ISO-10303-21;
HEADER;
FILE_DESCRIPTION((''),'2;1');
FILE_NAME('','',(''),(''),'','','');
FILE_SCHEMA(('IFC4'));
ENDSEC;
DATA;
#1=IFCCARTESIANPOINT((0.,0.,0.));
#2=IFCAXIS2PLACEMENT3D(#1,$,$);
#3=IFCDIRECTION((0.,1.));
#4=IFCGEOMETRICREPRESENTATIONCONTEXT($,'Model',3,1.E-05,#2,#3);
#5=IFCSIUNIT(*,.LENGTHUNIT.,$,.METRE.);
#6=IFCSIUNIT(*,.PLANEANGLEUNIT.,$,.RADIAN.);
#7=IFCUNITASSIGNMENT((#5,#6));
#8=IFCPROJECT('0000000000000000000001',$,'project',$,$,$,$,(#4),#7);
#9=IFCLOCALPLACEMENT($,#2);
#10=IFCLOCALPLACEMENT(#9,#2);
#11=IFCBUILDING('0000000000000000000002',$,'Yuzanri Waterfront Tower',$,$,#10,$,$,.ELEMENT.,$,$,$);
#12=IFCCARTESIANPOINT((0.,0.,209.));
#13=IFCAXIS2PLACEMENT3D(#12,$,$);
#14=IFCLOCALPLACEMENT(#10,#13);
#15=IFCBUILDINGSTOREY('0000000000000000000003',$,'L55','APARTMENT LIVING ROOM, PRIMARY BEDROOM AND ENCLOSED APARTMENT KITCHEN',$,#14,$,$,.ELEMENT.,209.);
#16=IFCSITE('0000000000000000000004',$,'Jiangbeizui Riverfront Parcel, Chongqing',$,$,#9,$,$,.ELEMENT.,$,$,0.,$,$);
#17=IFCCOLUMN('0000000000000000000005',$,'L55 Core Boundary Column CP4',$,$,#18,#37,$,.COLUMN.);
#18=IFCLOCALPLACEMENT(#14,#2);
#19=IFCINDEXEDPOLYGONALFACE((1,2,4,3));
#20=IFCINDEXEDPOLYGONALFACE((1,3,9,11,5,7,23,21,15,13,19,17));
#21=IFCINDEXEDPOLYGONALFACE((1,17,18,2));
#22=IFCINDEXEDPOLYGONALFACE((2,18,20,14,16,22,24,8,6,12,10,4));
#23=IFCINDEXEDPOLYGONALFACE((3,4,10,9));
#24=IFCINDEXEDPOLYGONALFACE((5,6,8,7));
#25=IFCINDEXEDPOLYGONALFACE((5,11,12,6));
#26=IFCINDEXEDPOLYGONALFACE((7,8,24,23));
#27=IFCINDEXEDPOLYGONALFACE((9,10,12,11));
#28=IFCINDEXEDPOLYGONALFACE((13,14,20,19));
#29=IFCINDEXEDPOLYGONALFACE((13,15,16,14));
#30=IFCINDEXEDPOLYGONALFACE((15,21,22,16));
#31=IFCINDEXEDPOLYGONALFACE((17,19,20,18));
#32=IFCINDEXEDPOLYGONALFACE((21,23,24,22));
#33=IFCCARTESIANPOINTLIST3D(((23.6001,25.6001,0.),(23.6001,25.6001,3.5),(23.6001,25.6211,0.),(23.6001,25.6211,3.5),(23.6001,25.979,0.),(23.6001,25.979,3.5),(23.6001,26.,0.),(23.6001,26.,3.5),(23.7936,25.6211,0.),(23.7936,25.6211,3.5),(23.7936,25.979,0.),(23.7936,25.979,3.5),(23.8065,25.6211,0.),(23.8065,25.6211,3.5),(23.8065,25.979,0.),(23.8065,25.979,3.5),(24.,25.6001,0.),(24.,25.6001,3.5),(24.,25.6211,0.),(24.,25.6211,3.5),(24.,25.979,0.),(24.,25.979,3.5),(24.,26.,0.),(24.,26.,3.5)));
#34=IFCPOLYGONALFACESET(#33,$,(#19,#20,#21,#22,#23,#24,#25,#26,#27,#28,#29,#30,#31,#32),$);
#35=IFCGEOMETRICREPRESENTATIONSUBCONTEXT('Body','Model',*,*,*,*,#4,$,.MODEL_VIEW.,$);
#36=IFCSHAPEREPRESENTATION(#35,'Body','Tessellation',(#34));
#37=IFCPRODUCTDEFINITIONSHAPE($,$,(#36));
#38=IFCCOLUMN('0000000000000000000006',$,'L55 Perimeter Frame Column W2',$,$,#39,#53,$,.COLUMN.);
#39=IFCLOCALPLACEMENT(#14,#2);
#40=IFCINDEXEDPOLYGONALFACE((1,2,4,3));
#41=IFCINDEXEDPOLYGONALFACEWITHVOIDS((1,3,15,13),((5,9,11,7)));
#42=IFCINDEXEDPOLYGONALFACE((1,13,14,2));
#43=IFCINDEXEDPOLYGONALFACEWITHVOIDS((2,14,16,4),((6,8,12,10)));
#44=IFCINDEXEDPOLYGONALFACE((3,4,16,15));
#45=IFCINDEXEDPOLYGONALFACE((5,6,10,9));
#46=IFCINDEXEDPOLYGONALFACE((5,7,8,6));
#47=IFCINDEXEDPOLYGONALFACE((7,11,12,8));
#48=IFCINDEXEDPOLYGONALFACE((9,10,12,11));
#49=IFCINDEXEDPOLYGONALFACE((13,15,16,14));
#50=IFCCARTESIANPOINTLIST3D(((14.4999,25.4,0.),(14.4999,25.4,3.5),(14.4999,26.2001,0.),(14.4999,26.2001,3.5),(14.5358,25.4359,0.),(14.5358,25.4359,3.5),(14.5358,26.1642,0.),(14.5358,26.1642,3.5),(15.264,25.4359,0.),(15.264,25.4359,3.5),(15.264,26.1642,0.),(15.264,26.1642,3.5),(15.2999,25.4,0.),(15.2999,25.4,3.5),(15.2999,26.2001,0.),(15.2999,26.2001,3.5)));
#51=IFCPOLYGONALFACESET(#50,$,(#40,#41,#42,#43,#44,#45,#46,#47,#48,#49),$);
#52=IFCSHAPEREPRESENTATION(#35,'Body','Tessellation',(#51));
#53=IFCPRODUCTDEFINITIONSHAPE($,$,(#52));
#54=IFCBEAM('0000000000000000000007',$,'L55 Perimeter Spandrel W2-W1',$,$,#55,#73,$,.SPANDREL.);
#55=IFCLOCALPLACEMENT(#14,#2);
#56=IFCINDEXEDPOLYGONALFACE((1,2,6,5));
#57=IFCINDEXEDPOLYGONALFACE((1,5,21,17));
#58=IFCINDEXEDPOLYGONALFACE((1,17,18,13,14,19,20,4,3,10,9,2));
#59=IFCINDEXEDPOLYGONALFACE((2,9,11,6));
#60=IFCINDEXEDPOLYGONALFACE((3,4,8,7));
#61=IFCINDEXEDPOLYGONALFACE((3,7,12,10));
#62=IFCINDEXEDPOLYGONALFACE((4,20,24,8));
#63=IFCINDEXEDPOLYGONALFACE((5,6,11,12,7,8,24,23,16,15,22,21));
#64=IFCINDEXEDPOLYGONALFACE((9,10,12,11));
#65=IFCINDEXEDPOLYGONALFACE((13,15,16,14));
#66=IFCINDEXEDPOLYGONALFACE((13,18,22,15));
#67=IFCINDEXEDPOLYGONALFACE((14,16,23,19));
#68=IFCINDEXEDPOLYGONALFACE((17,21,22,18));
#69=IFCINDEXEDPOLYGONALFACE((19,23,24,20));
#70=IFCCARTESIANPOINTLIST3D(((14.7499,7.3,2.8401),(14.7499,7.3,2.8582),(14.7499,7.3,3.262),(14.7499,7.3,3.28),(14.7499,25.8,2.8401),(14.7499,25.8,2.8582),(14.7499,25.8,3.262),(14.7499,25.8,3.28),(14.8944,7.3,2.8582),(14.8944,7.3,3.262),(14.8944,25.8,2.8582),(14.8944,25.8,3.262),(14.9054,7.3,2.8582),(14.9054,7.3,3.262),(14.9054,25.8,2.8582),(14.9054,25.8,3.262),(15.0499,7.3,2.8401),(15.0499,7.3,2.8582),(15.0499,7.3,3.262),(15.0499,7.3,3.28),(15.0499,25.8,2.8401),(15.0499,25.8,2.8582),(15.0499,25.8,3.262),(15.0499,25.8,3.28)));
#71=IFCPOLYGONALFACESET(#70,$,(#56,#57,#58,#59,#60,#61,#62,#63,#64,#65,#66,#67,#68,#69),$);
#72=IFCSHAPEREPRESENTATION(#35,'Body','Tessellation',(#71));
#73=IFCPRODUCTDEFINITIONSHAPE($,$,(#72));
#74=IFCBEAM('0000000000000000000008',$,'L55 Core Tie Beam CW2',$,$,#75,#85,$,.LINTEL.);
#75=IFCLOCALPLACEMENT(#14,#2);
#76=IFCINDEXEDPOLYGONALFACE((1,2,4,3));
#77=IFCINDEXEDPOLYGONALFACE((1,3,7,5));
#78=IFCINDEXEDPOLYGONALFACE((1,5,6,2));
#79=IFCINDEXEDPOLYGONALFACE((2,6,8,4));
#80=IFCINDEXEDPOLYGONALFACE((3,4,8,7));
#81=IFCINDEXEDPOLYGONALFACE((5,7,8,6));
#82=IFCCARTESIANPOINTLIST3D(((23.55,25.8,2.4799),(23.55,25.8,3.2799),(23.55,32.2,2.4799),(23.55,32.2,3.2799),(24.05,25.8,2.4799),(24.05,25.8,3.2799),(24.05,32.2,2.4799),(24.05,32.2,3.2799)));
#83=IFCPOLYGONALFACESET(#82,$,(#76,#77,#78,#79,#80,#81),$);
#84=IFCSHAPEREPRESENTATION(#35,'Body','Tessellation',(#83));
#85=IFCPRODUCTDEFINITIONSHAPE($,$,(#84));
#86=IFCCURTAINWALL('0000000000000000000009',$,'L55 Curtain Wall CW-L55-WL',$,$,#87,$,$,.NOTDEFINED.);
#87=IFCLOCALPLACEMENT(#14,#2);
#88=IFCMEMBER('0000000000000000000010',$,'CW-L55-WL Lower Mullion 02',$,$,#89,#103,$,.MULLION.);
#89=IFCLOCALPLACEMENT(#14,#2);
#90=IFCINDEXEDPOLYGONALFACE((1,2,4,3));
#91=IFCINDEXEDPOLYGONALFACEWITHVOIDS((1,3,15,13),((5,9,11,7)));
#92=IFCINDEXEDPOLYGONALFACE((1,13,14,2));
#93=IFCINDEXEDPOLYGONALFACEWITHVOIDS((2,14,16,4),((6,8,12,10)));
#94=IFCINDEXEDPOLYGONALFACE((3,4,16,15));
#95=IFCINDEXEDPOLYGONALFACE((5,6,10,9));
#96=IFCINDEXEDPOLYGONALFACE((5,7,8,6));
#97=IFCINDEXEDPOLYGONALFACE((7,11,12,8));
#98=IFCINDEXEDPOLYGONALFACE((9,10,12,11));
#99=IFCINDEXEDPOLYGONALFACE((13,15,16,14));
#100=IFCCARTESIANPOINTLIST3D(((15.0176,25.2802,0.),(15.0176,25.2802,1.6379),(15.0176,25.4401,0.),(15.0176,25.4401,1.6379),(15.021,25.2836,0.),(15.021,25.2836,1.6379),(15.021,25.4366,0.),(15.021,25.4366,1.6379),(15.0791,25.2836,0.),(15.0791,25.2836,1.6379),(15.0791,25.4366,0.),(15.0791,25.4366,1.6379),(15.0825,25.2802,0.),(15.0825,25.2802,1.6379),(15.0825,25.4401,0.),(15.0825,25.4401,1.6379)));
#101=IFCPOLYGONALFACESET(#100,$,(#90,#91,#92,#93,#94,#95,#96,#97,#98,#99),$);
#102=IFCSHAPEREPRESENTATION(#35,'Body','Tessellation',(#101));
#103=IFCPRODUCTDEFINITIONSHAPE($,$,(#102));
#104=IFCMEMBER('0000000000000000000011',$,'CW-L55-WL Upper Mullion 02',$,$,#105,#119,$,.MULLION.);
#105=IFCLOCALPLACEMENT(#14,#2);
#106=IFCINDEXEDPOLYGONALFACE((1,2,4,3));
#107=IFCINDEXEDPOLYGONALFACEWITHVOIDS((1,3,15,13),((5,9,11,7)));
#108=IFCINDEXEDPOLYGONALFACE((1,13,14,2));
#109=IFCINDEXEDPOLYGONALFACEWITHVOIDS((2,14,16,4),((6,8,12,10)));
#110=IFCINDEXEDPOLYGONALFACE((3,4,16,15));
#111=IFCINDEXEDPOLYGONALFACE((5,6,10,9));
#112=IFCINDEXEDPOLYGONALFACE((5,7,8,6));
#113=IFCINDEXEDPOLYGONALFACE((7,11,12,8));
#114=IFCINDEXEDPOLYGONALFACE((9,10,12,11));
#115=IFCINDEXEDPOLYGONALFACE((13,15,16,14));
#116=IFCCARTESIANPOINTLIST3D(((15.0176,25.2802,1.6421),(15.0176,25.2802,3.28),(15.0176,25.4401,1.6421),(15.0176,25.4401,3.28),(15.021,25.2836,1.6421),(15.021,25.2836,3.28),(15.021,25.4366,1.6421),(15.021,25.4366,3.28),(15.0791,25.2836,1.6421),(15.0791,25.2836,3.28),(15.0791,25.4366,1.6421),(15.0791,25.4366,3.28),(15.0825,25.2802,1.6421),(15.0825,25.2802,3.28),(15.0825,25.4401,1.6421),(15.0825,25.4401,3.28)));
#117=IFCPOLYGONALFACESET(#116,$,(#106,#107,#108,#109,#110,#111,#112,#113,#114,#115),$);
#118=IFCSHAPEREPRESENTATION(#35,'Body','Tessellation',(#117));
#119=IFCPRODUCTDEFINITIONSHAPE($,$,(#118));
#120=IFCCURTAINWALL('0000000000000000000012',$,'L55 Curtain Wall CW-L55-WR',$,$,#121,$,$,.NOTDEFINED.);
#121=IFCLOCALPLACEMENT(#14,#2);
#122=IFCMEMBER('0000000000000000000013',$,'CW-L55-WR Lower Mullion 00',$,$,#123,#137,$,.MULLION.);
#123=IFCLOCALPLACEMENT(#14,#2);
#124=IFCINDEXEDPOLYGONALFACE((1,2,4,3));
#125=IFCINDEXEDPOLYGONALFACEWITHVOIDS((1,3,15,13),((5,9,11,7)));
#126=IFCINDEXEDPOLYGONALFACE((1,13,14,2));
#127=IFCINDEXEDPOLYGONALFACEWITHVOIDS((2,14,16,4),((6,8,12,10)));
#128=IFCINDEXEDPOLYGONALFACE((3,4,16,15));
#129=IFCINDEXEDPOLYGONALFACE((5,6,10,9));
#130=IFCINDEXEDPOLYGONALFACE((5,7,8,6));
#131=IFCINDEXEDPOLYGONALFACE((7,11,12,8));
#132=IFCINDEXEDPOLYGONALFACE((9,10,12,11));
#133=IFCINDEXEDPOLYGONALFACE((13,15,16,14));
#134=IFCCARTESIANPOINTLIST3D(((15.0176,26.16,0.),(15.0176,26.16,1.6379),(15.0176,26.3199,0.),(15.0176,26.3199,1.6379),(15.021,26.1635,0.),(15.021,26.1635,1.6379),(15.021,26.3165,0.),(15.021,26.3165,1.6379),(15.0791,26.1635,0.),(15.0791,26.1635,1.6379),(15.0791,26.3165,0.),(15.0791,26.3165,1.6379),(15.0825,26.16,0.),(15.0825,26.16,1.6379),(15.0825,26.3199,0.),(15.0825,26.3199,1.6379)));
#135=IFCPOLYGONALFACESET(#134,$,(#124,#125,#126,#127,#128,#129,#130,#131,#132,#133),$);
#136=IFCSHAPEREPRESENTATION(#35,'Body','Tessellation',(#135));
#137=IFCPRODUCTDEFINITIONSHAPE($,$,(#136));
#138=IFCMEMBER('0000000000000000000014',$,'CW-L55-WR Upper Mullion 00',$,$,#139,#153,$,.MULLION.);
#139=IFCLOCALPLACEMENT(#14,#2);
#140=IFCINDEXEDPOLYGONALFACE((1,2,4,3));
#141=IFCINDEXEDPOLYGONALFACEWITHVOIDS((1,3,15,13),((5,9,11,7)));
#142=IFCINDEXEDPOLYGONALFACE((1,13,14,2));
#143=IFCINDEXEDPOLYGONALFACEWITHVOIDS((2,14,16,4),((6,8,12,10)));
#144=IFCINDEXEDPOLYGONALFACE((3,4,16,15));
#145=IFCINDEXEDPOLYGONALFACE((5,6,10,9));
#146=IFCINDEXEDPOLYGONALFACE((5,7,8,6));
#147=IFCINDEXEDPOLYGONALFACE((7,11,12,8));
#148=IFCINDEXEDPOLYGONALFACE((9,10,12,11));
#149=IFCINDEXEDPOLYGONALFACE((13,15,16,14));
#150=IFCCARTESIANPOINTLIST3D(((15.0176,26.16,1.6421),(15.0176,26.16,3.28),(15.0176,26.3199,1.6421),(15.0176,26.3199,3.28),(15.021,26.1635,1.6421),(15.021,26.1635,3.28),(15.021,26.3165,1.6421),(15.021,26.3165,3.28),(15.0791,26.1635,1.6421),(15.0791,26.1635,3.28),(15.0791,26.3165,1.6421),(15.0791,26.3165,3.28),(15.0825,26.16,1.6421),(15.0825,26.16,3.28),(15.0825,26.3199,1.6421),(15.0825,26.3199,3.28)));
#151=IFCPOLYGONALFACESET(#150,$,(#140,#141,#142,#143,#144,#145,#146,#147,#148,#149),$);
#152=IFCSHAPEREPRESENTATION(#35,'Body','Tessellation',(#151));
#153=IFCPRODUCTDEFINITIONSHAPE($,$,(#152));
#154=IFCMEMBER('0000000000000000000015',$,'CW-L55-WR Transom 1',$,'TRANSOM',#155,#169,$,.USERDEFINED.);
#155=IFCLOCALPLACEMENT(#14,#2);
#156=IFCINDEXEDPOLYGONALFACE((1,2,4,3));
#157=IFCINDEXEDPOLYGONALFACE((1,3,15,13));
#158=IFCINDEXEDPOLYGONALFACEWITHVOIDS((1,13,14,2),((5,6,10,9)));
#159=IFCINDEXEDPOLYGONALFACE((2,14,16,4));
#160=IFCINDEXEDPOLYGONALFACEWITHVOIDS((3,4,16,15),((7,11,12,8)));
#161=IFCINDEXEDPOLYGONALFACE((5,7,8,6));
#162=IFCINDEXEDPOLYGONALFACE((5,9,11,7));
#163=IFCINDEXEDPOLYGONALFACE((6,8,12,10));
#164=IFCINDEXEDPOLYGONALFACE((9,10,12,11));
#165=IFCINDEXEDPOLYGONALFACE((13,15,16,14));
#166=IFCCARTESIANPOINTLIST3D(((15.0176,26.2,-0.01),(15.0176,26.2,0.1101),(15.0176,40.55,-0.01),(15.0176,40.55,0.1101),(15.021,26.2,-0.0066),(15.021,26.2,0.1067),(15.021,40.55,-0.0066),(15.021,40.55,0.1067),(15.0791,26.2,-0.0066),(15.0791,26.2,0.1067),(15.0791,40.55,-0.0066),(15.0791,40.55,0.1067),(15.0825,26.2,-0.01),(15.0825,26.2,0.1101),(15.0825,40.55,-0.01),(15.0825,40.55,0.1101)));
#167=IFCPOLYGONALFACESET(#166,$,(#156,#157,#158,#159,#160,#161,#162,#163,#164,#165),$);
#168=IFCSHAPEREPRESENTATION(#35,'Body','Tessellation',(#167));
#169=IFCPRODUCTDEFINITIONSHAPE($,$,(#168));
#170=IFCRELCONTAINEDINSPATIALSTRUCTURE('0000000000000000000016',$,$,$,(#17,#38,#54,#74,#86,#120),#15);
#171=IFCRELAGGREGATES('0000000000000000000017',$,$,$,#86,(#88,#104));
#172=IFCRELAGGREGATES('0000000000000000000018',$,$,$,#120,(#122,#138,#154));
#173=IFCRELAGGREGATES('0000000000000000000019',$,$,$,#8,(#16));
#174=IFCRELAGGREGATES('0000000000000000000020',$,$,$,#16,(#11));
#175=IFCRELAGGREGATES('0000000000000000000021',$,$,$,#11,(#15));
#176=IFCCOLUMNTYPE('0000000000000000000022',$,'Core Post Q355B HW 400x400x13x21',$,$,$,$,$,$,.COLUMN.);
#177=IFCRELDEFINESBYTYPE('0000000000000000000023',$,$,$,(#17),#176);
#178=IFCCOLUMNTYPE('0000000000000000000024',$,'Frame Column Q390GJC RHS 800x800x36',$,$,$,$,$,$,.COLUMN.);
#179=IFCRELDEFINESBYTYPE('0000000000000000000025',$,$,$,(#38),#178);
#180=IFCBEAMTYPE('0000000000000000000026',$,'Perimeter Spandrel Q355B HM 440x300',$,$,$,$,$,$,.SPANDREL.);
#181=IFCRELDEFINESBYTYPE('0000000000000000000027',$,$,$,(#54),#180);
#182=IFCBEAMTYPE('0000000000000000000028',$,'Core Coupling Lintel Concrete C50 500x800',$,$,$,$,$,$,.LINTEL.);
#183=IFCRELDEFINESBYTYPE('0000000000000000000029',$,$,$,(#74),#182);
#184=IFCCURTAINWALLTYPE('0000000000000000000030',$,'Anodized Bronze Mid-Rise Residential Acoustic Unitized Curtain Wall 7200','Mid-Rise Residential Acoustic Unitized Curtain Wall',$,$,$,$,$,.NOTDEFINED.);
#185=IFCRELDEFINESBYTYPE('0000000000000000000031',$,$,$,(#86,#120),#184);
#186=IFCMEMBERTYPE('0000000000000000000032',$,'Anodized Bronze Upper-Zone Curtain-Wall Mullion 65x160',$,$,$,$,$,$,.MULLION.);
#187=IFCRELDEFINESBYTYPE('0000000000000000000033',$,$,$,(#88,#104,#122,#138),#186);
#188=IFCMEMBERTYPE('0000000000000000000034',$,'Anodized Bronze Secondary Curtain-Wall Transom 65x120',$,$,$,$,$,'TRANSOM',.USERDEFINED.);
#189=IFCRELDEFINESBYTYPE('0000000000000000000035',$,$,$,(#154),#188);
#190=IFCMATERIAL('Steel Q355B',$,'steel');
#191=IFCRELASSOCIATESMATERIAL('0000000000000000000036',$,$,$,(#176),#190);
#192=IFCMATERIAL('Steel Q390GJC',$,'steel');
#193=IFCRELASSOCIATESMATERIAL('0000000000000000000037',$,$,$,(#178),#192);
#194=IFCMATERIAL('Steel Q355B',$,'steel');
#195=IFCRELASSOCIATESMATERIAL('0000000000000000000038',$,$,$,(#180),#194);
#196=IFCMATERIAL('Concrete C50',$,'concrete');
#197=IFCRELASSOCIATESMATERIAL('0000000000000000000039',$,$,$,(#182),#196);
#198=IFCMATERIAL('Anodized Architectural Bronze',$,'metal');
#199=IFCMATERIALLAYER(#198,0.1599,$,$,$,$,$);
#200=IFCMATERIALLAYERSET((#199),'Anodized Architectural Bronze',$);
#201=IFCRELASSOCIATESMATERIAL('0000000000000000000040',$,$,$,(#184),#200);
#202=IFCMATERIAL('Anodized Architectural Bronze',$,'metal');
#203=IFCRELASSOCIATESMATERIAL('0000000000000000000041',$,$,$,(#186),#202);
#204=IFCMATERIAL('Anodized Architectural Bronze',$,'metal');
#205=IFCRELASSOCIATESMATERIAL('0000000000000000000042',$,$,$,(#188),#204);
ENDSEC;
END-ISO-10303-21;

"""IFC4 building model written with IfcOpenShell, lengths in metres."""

from ifc_helpers import new_model, si_unit, direction, frame, origin, origin_2d, place, context, subcontext, project, spatial, rectangle, hollow_rectangle, i_section, extrude, source, transform, mapped, material, layer, layer_set, material_profile, profile_set, type_object, element, aggregate, save


model = new_model("IFC4")

# Units and contexts
model_context = context("Model", 3, precision=1e-05, world=origin(), true_north=direction((0.0, 1.0)))
body_context = subcontext(model_context, "Body", "Model", "MODEL_VIEW")
ifc_project = project(units=[si_unit("LENGTHUNIT", "METRE"), si_unit("PLANEANGLEUNIT", "RADIAN")], contexts=[model_context])

# Site, building, storey
site_placement = place(None, origin())
site = spatial("IfcSite", under=ifc_project, at=site_placement, Name="Jiangbeizui Riverfront Parcel, Chongqing", CompositionType="ELEMENT", RefElevation=0.0)
building_placement = place(site_placement, origin())
building = spatial("IfcBuilding", under=site, at=building_placement, Name="Yuzanri Waterfront Tower", CompositionType="ELEMENT")
storey_placement = place(building_placement, frame((0.0, 0.0, 209.0)))
storey = spatial("IfcBuildingStorey", under=building, at=storey_placement, Name="L55", Description="APARTMENT LIVING ROOM, PRIMARY BEDROOM AND ENCLOSED APARTMENT KITCHEN", CompositionType="ELEMENT", Elevation=209.0)

# Columns
ifc_material_1 = material(Name="Steel Q355B", Category="steel")
ifc_material_profile_1 = material_profile(ifc_material_1, i_section(OverallWidth=0.3999, OverallDepth=0.3999, WebThickness=0.0129, FlangeThickness=0.021, at=origin_2d()), Name="HW 400x400x13x21")
ifc_profile_set_1 = profile_set([ifc_material_profile_1], Name="Steel Q355B")
column_type_1 = type_object("IfcColumnType", Name="Core Post Q355B HW 400x400x13x21", PredefinedType="COLUMN", material=ifc_profile_set_1)
shared_shape_1 = source(origin(), body_context, "Body", "SweptSolid", [
    extrude(i_section(OverallWidth=0.3999, OverallDepth=0.3999, WebThickness=0.0129, FlangeThickness=0.021, at=origin_2d()), origin(), (0.0, 0.0, 1.0), 3.5),
])
column_1_placement = place(storey_placement, frame((23.8, 25.8, 0.0), z_axis=(0.0, 0.0, 1.0), x_axis=(1.0, 0.0, 0.0)))
element("IfcColumn", 1, at=column_1_placement, inside=storey, type_object=column_type_1, Name="L55 Core Boundary Column CP4", PredefinedType="COLUMN", context=body_context, shape_type="MappedRepresentation", body=[
    mapped(shared_shape_1, transform((0.0, 0.0, 0.0), scale=1.0)),
])
ifc_material_2 = material(Name="Steel Q390GJC", Category="steel")
ifc_material_profile_2 = material_profile(ifc_material_2, hollow_rectangle(XDim=0.8, YDim=0.8, WallThickness=0.0359, at=origin_2d()), Name="RHS 800x800x36")
ifc_profile_set_2 = profile_set([ifc_material_profile_2], Name="Steel Q390GJC")
column_type_2 = type_object("IfcColumnType", Name="Frame Column Q390GJC RHS 800x800x36", PredefinedType="COLUMN", material=ifc_profile_set_2)
shared_shape_2 = source(origin(), body_context, "Body", "SweptSolid", [
    extrude(hollow_rectangle(XDim=0.8, YDim=0.8, WallThickness=0.0359, at=origin_2d()), origin(), (0.0, 0.0, 1.0), 3.5),
])
column_2_placement = place(storey_placement, frame((14.8999, 25.8, 0.0), z_axis=(0.0, 0.0, 1.0), x_axis=(1.0, 0.0, 0.0)))
element("IfcColumn", 2, at=column_2_placement, inside=storey, type_object=column_type_2, Name="L55 Perimeter Frame Column W2", PredefinedType="COLUMN", context=body_context, shape_type="MappedRepresentation", body=[
    mapped(shared_shape_2, transform((0.0, 0.0, 0.0), scale=1.0)),
])

# Beams
ifc_material_3 = material(Name="Steel Q355B", Category="steel")
ifc_material_profile_3 = material_profile(ifc_material_3, i_section(OverallWidth=0.3, OverallDepth=0.4399, WebThickness=0.011, FlangeThickness=0.0181, at=origin_2d()), Name="HM 440x300x11x18")
ifc_profile_set_3 = profile_set([ifc_material_profile_3], Name="Steel Q355B")
beam_type_1 = type_object("IfcBeamType", Name="Perimeter Spandrel Q355B HM 440x300", PredefinedType="SPANDREL", material=ifc_profile_set_3)
shared_shape_3 = source(origin(), body_context, "Body", "SweptSolid", [
    extrude(i_section(OverallWidth=0.3, OverallDepth=0.4399, WebThickness=0.011, FlangeThickness=0.0181, at=origin_2d()), origin(), (0.0, 0.0, 1.0), 18.5),
])
beam_1_placement = place(storey_placement, frame((14.8999, 25.8, 3.0601), z_axis=(0.0, -1.0, 0.0), x_axis=(1.0, 0.0, 0.0)))
element("IfcBeam", 3, at=beam_1_placement, inside=storey, type_object=beam_type_1, Name="L55 Perimeter Spandrel W2-W1", PredefinedType="SPANDREL", context=body_context, shape_type="MappedRepresentation", body=[
    mapped(shared_shape_3, transform((0.0, 0.0, 0.0), scale=1.0)),
])
ifc_material_4 = material(Name="Concrete C50", Category="concrete")
ifc_material_profile_4 = material_profile(ifc_material_4, rectangle(XDim=0.5, YDim=0.8, at=origin_2d()), Name="RC 500x800")
ifc_profile_set_4 = profile_set([ifc_material_profile_4], Name="Concrete C50")
beam_type_2 = type_object("IfcBeamType", Name="Core Coupling Lintel Concrete C50 500x800", PredefinedType="LINTEL", material=ifc_profile_set_4)
shared_shape_4 = source(origin(), body_context, "Body", "SweptSolid", [
    extrude(rectangle(XDim=0.5, YDim=0.8, at=origin_2d()), origin(), (0.0, 0.0, 1.0), 6.3999),
])
beam_2_placement = place(storey_placement, frame((23.8, 25.8, 2.8799), z_axis=(0.0, 1.0, 0.0), x_axis=(-1.0, 0.0, 0.0)))
element("IfcBeam", 4, at=beam_2_placement, inside=storey, type_object=beam_type_2, Name="L55 Core Tie Beam CW2", PredefinedType="LINTEL", context=body_context, shape_type="MappedRepresentation", body=[
    mapped(shared_shape_4, transform((0.0, 0.0, 0.0), scale=1.0)),
])

# Curtain wall, members
ifc_material_5 = material(Name="Anodized Architectural Bronze", Category="metal")
ifc_layer_1 = layer(ifc_material_5, 0.1599)
ifc_layer_set_1 = layer_set([ifc_layer_1], Name="Anodized Architectural Bronze")
curtain_wall_type = type_object("IfcCurtainWallType", Name="Anodized Bronze Mid-Rise Residential Acoustic Unitized Curtain Wall 7200", Description="Mid-Rise Residential Acoustic Unitized Curtain Wall", PredefinedType="NOTDEFINED", material=ifc_layer_set_1)
curtain_wall_1_placement = place(storey_placement, origin())
curtain_wall_1 = element("IfcCurtainWall", 5, at=curtain_wall_1_placement, inside=storey, type_object=curtain_wall_type, Name="L55 Curtain Wall CW-L55-WL", PredefinedType="NOTDEFINED")
ifc_material_6 = material(Name="Anodized Architectural Bronze", Category="metal")
ifc_material_profile_5 = material_profile(ifc_material_6, hollow_rectangle(XDim=0.0649, YDim=0.1599, WallThickness=0.0034, at=origin_2d()), Name="CWM 65x160")
ifc_profile_set_5 = profile_set([ifc_material_profile_5], Name="Anodized Architectural Bronze")
member_type_1 = type_object("IfcMemberType", Name="Anodized Bronze Upper-Zone Curtain-Wall Mullion 65x160", PredefinedType="MULLION", material=ifc_profile_set_5)
shared_shape_5 = source(origin(), body_context, "Body", "SweptSolid", [
    extrude(hollow_rectangle(XDim=0.0649, YDim=0.1599, WallThickness=0.0034, at=origin_2d()), origin(), (0.0, 0.0, 1.0), 1.6379),
])
member_1_placement = place(storey_placement, frame((15.05, 25.3601, 0.0), z_axis=(0.0, 0.0, 1.0), x_axis=(1.0, 0.0, 0.0)))
member_1 = element("IfcMember", 6, at=member_1_placement, type_object=member_type_1, Name="CW-L55-WL Lower Mullion 02", PredefinedType="MULLION", context=body_context, shape_type="MappedRepresentation", body=[
    mapped(shared_shape_5, transform((0.0, 0.0, 0.0), scale=1.0)),
])
member_2_placement = place(storey_placement, frame((15.05, 25.3601, 1.6421), z_axis=(0.0, 0.0, 1.0), x_axis=(1.0, 0.0, 0.0)))
member_2 = element("IfcMember", 7, at=member_2_placement, type_object=member_type_1, Name="CW-L55-WL Upper Mullion 02", PredefinedType="MULLION", context=body_context, shape_type="MappedRepresentation", body=[
    mapped(shared_shape_5, transform((0.0, 0.0, 0.0), scale=1.0)),
])
aggregate(curtain_wall_1, [member_1, member_2])

# Curtain wall, members
curtain_wall_2_placement = place(storey_placement, origin())
curtain_wall_2 = element("IfcCurtainWall", 8, at=curtain_wall_2_placement, inside=storey, type_object=curtain_wall_type, Name="L55 Curtain Wall CW-L55-WR", PredefinedType="NOTDEFINED")
member_3_placement = place(storey_placement, frame((15.05, 26.24, 0.0), z_axis=(0.0, 0.0, 1.0), x_axis=(1.0, 0.0, 0.0)))
member_3 = element("IfcMember", 9, at=member_3_placement, type_object=member_type_1, Name="CW-L55-WR Lower Mullion 00", PredefinedType="MULLION", context=body_context, shape_type="MappedRepresentation", body=[
    mapped(shared_shape_5, transform((0.0, 0.0, 0.0), scale=1.0)),
])
member_4_placement = place(storey_placement, frame((15.05, 26.24, 1.6421), z_axis=(0.0, 0.0, 1.0), x_axis=(1.0, 0.0, 0.0)))
member_4 = element("IfcMember", 10, at=member_4_placement, type_object=member_type_1, Name="CW-L55-WR Upper Mullion 00", PredefinedType="MULLION", context=body_context, shape_type="MappedRepresentation", body=[
    mapped(shared_shape_5, transform((0.0, 0.0, 0.0), scale=1.0)),
])
ifc_material_7 = material(Name="Anodized Architectural Bronze", Category="metal")
ifc_material_profile_6 = material_profile(ifc_material_7, hollow_rectangle(XDim=0.0649, YDim=0.1201, WallThickness=0.0034, at=origin_2d()), Name="CWT 65x120")
ifc_profile_set_6 = profile_set([ifc_material_profile_6], Name="Anodized Architectural Bronze")
member_type_2 = type_object("IfcMemberType", Name="Anodized Bronze Secondary Curtain-Wall Transom 65x120", ElementType="TRANSOM", PredefinedType="USERDEFINED", material=ifc_profile_set_6)
shared_shape_6 = source(origin(), body_context, "Body", "SweptSolid", [
    extrude(hollow_rectangle(XDim=0.0649, YDim=0.1201, WallThickness=0.0034, at=origin_2d()), origin(), (0.0, 0.0, 1.0), 14.3501),
])
member_5_placement = place(storey_placement, frame((15.05, 26.2, 0.05), z_axis=(0.0, 1.0, 0.0), x_axis=(-1.0, 0.0, 0.0)))
member_5 = element("IfcMember", 11, at=member_5_placement, type_object=member_type_2, Name="CW-L55-WR Transom 1", ObjectType="TRANSOM", PredefinedType="USERDEFINED", context=body_context, shape_type="MappedRepresentation", body=[
    mapped(shared_shape_6, transform((0.0, 0.0, 0.0), scale=1.0)),
])
aggregate(curtain_wall_2, [member_3, member_4, member_5])

save(model, "model.ifc")
